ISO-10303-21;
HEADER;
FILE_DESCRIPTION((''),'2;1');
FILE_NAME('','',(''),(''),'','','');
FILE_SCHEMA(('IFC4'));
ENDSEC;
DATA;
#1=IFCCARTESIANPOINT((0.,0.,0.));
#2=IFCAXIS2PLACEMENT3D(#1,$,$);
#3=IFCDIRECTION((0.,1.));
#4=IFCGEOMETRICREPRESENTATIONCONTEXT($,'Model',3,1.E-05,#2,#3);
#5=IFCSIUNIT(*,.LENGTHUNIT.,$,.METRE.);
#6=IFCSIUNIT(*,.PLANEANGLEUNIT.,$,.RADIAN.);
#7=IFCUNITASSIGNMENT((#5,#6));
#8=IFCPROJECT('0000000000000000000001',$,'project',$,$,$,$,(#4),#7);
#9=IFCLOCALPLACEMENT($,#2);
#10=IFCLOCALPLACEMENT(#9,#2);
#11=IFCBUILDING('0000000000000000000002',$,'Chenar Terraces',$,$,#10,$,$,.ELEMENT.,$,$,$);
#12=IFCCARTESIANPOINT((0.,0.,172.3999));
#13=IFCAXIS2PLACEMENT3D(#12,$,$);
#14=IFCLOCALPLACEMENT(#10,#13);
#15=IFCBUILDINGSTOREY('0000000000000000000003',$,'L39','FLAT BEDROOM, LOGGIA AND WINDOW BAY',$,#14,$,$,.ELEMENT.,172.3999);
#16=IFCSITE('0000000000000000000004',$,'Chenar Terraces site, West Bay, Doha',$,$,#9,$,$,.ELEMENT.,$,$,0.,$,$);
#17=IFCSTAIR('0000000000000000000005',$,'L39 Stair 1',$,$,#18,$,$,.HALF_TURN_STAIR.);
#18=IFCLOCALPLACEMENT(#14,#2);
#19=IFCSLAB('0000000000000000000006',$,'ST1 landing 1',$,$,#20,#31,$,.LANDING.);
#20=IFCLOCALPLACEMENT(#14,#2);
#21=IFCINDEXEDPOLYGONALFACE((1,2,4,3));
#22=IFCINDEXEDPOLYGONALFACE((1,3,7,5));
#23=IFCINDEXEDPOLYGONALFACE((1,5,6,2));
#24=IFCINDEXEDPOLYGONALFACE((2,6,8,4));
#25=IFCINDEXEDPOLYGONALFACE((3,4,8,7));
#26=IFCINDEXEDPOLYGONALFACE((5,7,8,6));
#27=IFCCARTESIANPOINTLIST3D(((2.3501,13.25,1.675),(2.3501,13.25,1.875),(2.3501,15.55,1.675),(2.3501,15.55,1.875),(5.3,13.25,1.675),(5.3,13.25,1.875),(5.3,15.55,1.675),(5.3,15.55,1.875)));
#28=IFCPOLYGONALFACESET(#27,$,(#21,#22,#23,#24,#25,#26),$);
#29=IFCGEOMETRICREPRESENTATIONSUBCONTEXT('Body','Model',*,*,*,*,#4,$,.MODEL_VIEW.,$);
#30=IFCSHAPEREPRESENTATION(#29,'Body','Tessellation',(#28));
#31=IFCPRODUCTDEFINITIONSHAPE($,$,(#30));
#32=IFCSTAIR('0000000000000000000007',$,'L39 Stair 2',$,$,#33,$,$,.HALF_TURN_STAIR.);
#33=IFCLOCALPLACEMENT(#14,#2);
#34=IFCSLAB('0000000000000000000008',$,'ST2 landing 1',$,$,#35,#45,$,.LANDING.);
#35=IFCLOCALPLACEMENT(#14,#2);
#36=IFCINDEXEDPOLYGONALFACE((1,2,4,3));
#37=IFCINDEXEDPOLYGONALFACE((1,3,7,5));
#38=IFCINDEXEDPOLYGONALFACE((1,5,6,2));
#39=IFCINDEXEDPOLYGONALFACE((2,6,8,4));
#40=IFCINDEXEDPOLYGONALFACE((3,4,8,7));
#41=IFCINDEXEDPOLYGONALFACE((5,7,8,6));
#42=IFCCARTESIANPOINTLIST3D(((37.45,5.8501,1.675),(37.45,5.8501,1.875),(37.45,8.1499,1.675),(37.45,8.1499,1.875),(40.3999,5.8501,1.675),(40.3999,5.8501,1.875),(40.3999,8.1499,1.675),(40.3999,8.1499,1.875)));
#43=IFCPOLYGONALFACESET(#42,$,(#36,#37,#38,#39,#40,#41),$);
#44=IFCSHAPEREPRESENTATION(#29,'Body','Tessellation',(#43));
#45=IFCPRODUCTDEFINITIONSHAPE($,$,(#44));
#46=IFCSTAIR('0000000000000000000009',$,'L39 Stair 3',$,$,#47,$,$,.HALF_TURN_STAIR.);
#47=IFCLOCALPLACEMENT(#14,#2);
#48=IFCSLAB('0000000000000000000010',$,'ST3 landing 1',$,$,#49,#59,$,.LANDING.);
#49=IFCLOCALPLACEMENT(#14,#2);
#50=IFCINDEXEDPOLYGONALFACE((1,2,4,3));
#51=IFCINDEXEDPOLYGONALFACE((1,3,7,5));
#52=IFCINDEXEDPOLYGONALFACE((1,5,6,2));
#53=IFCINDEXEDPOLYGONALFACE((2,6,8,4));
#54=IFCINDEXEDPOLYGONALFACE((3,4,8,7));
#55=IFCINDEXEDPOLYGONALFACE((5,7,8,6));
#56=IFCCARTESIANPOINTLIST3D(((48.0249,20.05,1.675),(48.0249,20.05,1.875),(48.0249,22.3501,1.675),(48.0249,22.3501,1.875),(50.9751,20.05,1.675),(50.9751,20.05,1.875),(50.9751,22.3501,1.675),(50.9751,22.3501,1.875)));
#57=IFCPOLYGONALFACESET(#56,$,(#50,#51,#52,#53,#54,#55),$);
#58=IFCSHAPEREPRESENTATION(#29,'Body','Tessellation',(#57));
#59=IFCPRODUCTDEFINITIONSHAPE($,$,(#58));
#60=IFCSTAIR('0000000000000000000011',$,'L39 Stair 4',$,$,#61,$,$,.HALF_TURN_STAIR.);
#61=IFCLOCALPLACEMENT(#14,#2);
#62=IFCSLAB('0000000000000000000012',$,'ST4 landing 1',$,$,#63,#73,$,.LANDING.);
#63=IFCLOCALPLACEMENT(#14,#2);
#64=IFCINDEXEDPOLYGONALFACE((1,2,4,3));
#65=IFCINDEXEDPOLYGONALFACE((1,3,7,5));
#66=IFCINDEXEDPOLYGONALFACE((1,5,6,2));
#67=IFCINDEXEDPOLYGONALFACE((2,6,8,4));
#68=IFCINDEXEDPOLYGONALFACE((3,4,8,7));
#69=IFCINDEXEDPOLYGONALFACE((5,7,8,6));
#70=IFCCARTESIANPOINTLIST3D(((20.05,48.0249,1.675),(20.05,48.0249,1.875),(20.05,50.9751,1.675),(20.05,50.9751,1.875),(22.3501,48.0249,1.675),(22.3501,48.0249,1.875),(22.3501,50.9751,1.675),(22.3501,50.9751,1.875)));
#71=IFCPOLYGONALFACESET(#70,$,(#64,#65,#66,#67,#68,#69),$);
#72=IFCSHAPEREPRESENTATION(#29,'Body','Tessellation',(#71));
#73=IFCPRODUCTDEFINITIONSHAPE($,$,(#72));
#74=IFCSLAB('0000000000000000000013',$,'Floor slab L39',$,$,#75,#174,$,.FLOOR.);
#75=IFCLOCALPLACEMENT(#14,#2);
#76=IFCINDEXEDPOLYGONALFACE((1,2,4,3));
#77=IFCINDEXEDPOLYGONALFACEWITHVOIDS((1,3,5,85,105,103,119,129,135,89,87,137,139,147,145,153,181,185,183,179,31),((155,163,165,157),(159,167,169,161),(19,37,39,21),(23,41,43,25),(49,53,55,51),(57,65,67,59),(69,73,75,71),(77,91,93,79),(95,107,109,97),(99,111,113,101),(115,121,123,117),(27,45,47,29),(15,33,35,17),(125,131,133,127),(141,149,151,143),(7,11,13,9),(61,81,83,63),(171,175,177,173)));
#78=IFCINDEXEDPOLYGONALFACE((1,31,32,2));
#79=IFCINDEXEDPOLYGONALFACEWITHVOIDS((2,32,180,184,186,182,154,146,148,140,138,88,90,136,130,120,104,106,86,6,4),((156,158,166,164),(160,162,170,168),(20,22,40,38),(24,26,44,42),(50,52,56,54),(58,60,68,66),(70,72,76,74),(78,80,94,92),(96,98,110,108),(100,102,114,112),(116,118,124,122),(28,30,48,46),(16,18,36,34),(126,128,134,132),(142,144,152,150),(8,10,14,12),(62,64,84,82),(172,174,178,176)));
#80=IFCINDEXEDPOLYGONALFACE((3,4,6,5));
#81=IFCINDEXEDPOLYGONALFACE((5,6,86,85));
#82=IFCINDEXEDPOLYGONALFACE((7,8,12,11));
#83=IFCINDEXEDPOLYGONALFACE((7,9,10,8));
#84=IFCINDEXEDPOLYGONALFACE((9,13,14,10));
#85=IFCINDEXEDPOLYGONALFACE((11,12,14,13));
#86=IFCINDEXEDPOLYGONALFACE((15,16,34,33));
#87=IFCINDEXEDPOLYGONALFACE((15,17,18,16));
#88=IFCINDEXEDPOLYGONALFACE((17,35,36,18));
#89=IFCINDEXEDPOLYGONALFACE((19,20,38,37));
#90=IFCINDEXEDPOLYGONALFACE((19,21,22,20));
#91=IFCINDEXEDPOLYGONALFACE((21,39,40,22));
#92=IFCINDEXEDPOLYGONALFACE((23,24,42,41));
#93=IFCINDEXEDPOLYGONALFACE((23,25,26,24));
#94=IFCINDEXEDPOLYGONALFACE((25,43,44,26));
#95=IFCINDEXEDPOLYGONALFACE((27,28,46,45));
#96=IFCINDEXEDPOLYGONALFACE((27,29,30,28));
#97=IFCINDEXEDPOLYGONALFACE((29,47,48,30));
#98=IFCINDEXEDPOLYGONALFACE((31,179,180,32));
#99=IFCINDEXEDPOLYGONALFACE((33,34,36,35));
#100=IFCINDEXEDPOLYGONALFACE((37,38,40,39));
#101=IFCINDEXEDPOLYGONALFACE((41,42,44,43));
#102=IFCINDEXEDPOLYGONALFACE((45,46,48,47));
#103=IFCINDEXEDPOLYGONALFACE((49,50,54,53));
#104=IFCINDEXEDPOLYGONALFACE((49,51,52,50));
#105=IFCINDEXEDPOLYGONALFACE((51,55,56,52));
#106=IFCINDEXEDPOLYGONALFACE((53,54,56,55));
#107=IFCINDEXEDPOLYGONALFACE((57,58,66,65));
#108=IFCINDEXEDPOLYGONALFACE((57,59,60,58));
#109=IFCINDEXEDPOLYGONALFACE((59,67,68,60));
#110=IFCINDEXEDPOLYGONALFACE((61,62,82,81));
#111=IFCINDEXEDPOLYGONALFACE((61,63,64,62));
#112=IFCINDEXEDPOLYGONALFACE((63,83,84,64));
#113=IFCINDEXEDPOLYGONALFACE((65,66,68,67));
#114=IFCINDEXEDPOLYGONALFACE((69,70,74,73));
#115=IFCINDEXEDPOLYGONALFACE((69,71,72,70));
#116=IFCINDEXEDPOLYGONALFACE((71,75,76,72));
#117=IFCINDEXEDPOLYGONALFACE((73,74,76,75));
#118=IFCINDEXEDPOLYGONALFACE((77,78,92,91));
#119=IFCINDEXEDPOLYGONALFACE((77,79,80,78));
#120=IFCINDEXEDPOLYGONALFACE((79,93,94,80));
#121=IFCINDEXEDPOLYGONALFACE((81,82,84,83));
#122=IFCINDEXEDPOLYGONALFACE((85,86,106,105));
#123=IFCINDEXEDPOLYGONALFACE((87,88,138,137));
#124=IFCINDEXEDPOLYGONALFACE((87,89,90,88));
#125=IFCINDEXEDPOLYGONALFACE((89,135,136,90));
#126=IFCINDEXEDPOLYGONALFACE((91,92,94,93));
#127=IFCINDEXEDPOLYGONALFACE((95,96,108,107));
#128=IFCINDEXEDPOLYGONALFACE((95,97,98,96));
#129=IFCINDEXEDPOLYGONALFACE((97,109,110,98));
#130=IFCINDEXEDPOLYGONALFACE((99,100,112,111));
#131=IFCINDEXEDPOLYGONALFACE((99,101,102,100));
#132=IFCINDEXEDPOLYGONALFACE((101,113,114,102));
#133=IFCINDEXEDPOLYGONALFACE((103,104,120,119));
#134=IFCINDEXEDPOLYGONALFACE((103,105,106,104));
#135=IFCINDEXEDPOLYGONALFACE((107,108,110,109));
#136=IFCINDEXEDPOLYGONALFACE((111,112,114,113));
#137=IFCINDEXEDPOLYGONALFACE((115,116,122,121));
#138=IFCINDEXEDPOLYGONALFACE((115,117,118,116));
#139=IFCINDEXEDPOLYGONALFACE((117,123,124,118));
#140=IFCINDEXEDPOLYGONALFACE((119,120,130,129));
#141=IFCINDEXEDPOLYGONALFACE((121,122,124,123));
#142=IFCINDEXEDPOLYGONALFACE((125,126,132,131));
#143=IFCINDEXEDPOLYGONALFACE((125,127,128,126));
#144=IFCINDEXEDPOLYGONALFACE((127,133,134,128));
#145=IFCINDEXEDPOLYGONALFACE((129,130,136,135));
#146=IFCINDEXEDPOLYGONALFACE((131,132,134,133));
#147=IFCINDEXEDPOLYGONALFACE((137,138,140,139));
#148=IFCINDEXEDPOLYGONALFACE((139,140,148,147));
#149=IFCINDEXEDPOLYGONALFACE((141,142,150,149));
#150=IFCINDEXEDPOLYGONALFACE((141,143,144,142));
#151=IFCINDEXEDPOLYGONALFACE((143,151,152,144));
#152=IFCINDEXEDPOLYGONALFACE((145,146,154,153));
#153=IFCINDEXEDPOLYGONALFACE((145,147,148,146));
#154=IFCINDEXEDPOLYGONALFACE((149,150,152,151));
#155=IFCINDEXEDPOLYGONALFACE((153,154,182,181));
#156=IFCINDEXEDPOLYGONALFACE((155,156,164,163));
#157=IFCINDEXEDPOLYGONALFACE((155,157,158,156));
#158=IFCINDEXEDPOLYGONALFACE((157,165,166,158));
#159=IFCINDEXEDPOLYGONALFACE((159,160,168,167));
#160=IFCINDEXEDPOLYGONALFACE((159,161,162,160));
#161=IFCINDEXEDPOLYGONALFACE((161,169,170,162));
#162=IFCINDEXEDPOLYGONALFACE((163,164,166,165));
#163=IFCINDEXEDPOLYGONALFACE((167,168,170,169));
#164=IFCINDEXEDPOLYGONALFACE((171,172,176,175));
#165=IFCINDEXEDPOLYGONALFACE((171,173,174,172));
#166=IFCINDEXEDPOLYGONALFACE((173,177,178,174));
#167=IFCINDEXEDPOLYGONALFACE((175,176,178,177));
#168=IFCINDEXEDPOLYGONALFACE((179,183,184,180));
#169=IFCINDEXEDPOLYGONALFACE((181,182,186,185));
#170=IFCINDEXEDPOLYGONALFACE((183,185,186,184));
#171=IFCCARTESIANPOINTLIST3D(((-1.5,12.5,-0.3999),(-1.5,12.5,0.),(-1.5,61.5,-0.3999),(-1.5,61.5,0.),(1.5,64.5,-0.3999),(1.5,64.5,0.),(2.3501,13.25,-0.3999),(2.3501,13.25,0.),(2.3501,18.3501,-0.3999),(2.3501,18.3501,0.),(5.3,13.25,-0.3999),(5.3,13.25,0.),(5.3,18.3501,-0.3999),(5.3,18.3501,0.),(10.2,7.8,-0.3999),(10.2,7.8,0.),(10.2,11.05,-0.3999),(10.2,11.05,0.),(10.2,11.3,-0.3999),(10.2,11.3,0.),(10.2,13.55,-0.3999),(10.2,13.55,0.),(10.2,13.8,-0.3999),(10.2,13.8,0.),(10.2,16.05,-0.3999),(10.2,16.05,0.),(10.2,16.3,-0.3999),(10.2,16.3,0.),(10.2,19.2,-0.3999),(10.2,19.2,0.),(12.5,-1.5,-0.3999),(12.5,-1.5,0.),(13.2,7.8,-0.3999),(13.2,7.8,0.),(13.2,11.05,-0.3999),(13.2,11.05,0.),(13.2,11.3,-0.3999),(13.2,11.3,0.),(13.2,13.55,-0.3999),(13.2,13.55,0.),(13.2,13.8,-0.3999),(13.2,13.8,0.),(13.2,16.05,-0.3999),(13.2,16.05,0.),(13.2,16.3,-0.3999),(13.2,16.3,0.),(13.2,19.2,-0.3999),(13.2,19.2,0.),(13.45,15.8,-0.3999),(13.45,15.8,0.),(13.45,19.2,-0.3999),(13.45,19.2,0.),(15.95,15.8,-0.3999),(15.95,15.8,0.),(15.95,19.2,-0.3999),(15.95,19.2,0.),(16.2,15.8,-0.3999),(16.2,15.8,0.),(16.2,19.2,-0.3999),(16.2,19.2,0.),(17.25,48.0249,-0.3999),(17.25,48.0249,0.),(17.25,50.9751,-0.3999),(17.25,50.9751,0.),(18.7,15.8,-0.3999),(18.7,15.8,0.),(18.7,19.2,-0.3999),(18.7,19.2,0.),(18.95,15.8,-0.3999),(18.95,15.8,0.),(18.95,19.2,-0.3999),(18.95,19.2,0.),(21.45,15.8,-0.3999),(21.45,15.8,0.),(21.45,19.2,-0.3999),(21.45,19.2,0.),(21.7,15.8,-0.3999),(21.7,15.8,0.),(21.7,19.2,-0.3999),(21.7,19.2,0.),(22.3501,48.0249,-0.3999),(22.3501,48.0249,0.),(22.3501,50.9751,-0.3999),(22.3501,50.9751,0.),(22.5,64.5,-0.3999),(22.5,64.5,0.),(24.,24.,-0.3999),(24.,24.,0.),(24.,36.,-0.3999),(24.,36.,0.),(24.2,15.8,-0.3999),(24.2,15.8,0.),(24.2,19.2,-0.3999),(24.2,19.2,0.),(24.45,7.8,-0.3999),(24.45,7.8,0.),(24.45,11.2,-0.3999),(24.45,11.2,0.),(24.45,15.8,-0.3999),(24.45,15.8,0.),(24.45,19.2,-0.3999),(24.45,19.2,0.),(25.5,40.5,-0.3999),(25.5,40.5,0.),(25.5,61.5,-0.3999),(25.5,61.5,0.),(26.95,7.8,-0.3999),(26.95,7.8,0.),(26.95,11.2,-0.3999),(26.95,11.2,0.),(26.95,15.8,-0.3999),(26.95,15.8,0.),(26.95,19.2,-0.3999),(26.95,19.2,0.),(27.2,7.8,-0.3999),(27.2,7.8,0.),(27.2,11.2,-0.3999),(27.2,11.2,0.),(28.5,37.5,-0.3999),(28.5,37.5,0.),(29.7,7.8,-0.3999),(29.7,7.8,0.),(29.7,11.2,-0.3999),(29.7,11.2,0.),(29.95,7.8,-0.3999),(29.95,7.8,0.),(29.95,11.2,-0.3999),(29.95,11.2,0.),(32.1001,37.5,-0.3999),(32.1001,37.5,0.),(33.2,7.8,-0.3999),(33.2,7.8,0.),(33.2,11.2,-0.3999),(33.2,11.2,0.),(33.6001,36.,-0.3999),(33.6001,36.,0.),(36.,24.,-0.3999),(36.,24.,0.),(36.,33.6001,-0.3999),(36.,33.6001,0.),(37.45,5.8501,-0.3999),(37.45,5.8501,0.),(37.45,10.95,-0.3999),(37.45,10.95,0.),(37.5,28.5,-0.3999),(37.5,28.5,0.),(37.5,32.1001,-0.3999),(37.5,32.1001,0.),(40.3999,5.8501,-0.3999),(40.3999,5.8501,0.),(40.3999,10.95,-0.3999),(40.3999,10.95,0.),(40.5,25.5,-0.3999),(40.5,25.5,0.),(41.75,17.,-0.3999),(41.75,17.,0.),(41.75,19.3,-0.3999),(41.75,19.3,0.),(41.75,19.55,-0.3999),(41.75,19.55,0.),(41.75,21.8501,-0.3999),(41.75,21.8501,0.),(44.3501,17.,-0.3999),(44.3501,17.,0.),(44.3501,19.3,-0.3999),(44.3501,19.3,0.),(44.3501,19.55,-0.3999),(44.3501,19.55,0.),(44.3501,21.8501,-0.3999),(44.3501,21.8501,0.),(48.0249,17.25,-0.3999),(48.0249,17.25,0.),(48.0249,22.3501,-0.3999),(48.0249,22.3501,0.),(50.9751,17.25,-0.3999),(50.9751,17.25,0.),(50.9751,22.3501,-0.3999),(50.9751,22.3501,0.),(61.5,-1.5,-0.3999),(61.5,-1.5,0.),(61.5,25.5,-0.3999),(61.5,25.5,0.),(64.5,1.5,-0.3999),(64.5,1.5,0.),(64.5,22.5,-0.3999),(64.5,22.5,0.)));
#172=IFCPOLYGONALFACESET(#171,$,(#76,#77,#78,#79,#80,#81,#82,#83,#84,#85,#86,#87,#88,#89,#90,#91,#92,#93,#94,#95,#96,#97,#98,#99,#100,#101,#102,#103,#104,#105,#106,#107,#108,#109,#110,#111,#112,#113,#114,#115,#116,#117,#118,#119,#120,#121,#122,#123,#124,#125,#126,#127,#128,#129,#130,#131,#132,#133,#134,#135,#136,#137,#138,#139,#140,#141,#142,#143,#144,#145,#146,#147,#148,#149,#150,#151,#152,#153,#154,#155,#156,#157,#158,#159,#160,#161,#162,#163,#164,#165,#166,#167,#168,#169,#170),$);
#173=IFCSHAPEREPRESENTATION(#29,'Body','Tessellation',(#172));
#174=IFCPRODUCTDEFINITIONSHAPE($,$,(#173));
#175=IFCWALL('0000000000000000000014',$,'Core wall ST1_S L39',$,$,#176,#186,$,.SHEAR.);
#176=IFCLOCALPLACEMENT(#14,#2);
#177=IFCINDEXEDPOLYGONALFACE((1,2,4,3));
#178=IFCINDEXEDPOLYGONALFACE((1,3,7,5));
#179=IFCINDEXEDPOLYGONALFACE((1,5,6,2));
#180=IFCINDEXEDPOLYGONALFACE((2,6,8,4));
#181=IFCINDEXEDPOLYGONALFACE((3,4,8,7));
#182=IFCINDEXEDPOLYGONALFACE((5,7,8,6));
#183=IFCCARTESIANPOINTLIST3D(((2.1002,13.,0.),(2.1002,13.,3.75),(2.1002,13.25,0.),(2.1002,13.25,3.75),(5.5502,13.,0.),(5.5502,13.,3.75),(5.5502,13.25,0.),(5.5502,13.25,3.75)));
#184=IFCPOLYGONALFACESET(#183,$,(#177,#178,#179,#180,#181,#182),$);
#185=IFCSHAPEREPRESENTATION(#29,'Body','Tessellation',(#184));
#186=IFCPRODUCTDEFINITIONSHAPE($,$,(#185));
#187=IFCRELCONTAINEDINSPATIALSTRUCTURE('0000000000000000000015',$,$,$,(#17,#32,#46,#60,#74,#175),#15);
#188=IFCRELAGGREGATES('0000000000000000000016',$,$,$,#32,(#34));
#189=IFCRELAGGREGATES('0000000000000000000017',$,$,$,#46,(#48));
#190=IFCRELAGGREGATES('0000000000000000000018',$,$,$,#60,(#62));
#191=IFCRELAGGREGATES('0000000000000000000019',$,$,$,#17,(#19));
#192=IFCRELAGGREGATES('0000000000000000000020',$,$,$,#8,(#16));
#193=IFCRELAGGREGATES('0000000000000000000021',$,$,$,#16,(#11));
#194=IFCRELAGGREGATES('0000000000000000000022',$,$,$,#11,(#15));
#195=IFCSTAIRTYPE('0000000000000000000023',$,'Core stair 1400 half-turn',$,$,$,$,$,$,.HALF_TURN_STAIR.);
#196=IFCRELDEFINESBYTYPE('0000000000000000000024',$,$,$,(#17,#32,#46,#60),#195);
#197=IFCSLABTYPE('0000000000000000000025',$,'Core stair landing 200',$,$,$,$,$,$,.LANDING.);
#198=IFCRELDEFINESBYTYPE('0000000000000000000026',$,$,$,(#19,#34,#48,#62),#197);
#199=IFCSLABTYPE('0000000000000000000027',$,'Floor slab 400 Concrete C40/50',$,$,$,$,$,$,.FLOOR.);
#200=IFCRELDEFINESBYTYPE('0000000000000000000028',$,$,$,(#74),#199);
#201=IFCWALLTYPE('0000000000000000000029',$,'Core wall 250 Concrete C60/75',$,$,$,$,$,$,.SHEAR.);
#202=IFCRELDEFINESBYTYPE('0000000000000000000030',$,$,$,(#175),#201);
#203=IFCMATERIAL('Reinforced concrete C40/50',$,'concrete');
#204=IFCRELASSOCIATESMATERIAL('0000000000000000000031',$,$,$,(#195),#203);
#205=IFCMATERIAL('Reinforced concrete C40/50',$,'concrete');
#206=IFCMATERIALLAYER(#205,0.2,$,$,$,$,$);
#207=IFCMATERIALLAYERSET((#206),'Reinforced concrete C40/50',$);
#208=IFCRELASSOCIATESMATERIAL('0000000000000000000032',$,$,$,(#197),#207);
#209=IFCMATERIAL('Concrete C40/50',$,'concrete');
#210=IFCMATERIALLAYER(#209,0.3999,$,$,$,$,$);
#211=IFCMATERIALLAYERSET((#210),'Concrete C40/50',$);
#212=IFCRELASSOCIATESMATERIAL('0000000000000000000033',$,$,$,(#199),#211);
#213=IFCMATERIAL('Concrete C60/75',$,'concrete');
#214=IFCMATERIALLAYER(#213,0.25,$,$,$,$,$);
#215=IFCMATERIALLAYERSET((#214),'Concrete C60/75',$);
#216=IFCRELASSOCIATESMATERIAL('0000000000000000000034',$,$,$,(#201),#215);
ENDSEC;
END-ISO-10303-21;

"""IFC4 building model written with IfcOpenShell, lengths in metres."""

from ifc_helpers import new_model, si_unit, direction, frame, frame_2d, origin, place, context, subcontext, project, spatial, polyline, rectangle, outline, extrude, material, layer, layer_set, type_object, element, aggregate, save


model = new_model("IFC4")

# Units and contexts
model_context = context("Model", 3, precision=1e-05, world=origin(), true_north=direction((0.0, 1.0)))
body_context = subcontext(model_context, "Body", "Model", "MODEL_VIEW")
ifc_project = project(units=[si_unit("LENGTHUNIT", "METRE"), si_unit("PLANEANGLEUNIT", "RADIAN")], contexts=[model_context])

# Site, building, storey
site_placement = place(None, origin())
site = spatial("IfcSite", under=ifc_project, at=site_placement, Name="Chenar Terraces site, West Bay, Doha", CompositionType="ELEMENT", RefElevation=0.0)
building_placement = place(site_placement, origin())
building = spatial("IfcBuilding", under=site, at=building_placement, Name="Chenar Terraces", CompositionType="ELEMENT")
storey_placement = place(building_placement, frame((0.0, 0.0, 172.3999)))
storey = spatial("IfcBuildingStorey", under=building, at=storey_placement, Name="L39", Description="FLAT BEDROOM, LOGGIA AND WINDOW BAY", CompositionType="ELEMENT", Elevation=172.3999)

# Stairs, slabs
ifc_material_1 = material(Name="Reinforced concrete C40/50", Category="concrete")
stair_type = type_object("IfcStairType", Name="Core stair 1400 half-turn", PredefinedType="HALF_TURN_STAIR", material=ifc_material_1)
placement_1 = place(storey_placement, origin())
stair_1 = element("IfcStair", 1, at=placement_1, inside=storey, type_object=stair_type, Name="L39 Stair 1", PredefinedType="HALF_TURN_STAIR")
ifc_material_2 = material(Name="Reinforced concrete C40/50", Category="concrete")
ifc_layer_1 = layer(ifc_material_2, 0.2)
ifc_layer_set_1 = layer_set([ifc_layer_1], Name="Reinforced concrete C40/50")
slab_type_1 = type_object("IfcSlabType", Name="Core stair landing 200", PredefinedType="LANDING", material=ifc_layer_set_1)
placement_2 = place(storey_placement, frame((0.0, 0.0, 1.675)))
slab_1 = element("IfcSlab", 2, at=placement_2, type_object=slab_type_1, Name="ST1 landing 1", PredefinedType="LANDING", context=body_context, shape_type="SweptSolid", body=[
    extrude(outline(polyline([(2.3501, 15.55), (2.3501, 13.25), (5.3, 13.25), (5.3, 15.55), (2.3501, 15.55)])), origin(), (0.0, 0.0, 1.0), 0.2),
])
stair_2 = element("IfcStair", 3, at=placement_1, inside=storey, type_object=stair_type, Name="L39 Stair 2", PredefinedType="HALF_TURN_STAIR")
slab_2 = element("IfcSlab", 4, at=placement_2, type_object=slab_type_1, Name="ST2 landing 1", PredefinedType="LANDING", context=body_context, shape_type="SweptSolid", body=[
    extrude(outline(polyline([(37.45, 8.1499), (37.45, 5.8501), (40.3999, 5.8501), (40.3999, 8.1499), (37.45, 8.1499)])), origin(), (0.0, 0.0, 1.0), 0.2),
])
aggregate(stair_2, [slab_2])
stair_3 = element("IfcStair", 5, at=placement_1, inside=storey, type_object=stair_type, Name="L39 Stair 3", PredefinedType="HALF_TURN_STAIR")
slab_3 = element("IfcSlab", 6, at=placement_2, type_object=slab_type_1, Name="ST3 landing 1", PredefinedType="LANDING", context=body_context, shape_type="SweptSolid", body=[
    extrude(outline(polyline([(50.9751, 20.05), (50.9751, 22.3501), (48.0249, 22.3501), (48.0249, 20.05), (50.9751, 20.05)])), origin(), (0.0, 0.0, 1.0), 0.2),
])
aggregate(stair_3, [slab_3])
stair_4 = element("IfcStair", 7, at=placement_1, inside=storey, type_object=stair_type, Name="L39 Stair 4", PredefinedType="HALF_TURN_STAIR")
slab_4 = element("IfcSlab", 8, at=placement_2, type_object=slab_type_1, Name="ST4 landing 1", PredefinedType="LANDING", context=body_context, shape_type="SweptSolid", body=[
    extrude(outline(polyline([(20.05, 48.0249), (22.3501, 48.0249), (22.3501, 50.9751), (20.05, 50.9751), (20.05, 48.0249)])), origin(), (0.0, 0.0, 1.0), 0.2),
])
aggregate(stair_4, [slab_4])

# Slab
ifc_material_3 = material(Name="Concrete C40/50", Category="concrete")
ifc_layer_2 = layer(ifc_material_3, 0.3999)
ifc_layer_set_2 = layer_set([ifc_layer_2], Name="Concrete C40/50")
slab_type_2 = type_object("IfcSlabType", Name="Floor slab 400 Concrete C40/50", PredefinedType="FLOOR", material=ifc_layer_set_2)
slab_5_placement = place(storey_placement, frame((0.0, 0.0, -0.3999)))
element("IfcSlab", 9, at=slab_5_placement, inside=storey, type_object=slab_type_2, Name="Floor slab L39", PredefinedType="FLOOR", context=body_context, shape_type="SweptSolid", body=[
    extrude(outline(polyline([(64.5, 22.5), (64.5, 1.5), (61.5, -1.5), (12.5, -1.5), (-1.5, 12.5), (-1.5, 61.5), (1.5, 64.5), (22.5, 64.5), (25.5, 61.5), (25.5, 40.5), (28.5, 37.5), (32.1001, 37.5), (33.6001, 36.0), (24.0, 36.0), (24.0, 24.0), (36.0, 24.0), (36.0, 33.6001), (37.5, 32.1001), (37.5, 28.5), (40.5, 25.5), (61.5, 25.5), (64.5, 22.5)]), holes=[polyline([(13.2, 11.05), (10.2, 11.05), (10.2, 7.8), (13.2, 7.8), (13.2, 11.05)]), polyline([(13.2, 13.55), (10.2, 13.55), (10.2, 11.3), (13.2, 11.3), (13.2, 13.55)]), polyline([(13.2, 16.05), (10.2, 16.05), (10.2, 13.8), (13.2, 13.8), (13.2, 16.05)]), polyline([(2.3501, 13.25), (5.3, 13.25), (5.3, 18.3501), (2.3501, 18.3501), (2.3501, 13.25)]), polyline([(15.95, 19.2), (13.45, 19.2), (13.45, 15.8), (15.95, 15.8), (15.95, 19.2)]), polyline([(18.7, 19.2), (16.2, 19.2), (16.2, 15.8), (18.7, 15.8), (18.7, 19.2)]), polyline([(21.45, 19.2), (18.95, 19.2), (18.95, 15.8), (21.45, 15.8), (21.45, 19.2)]), polyline([(24.2, 15.8), (24.2, 19.2), (21.7, 19.2), (21.7, 15.8), (24.2, 15.8)]), polyline([(13.2, 16.3), (13.2, 19.2), (10.2, 19.2), (10.2, 16.3), (13.2, 16.3)]), polyline([(22.3501, 48.0249), (22.3501, 50.9751), (17.25, 50.9751), (17.25, 48.0249), (22.3501, 48.0249)]), polyline([(37.45, 5.8501), (40.3999, 5.8501), (40.3999, 10.95), (37.45, 10.95), (37.45, 5.8501)]), polyline([(26.95, 11.2), (24.45, 11.2), (24.45, 7.8), (26.95, 7.8), (26.95, 11.2)]), polyline([(29.7, 7.8), (29.7, 11.2), (27.2, 11.2), (27.2, 7.8), (29.7, 7.8)]), polyline([(33.2, 7.8), (33.2, 11.2), (29.95, 11.2), (29.95, 7.8), (33.2, 7.8)]), polyline([(26.95, 19.2), (24.45, 19.2), (24.45, 15.8), (26.95, 15.8), (26.95, 19.2)]), polyline([(44.3501, 19.3), (41.75, 19.3), (41.75, 17.0), (44.3501, 17.0), (44.3501, 19.3)]), polyline([(50.9751, 22.3501), (48.0249, 22.3501), (48.0249, 17.25), (50.9751, 17.25), (50.9751, 22.3501)]), polyline([(44.3501, 19.55), (44.3501, 21.8501), (41.75, 21.8501), (41.75, 19.55), (44.3501, 19.55)])]), origin(), (0.0, 0.0, 1.0), 0.3999),
])

# Wall
ifc_material_4 = material(Name="Concrete C60/75", Category="concrete")
ifc_layer_3 = layer(ifc_material_4, 0.25)
ifc_layer_set_3 = layer_set([ifc_layer_3], Name="Concrete C60/75")
wall_type_1 = type_object("IfcWallType", Name="Core wall 250 Concrete C60/75", PredefinedType="SHEAR", material=ifc_layer_set_3)
wall_1_placement = place(storey_placement, frame((2.1001, 13.125, 0.0), z_axis=(0.0, 0.0, 1.0), x_axis=(1.0, 0.0, 0.0)))
element("IfcWall", 10, at=wall_1_placement, inside=storey, type_object=wall_type_1, Name="Core wall ST1_S L39", PredefinedType="SHEAR", context=body_context, shape_type="SweptSolid", body=[
    extrude(rectangle(XDim=3.45, YDim=0.25, at=frame_2d((1.7251, 0.0))), origin(), (0.0, 0.0, 1.0), 3.75),
])

aggregate(stair_1, [slab_1])

save(model, "model.ifc")
